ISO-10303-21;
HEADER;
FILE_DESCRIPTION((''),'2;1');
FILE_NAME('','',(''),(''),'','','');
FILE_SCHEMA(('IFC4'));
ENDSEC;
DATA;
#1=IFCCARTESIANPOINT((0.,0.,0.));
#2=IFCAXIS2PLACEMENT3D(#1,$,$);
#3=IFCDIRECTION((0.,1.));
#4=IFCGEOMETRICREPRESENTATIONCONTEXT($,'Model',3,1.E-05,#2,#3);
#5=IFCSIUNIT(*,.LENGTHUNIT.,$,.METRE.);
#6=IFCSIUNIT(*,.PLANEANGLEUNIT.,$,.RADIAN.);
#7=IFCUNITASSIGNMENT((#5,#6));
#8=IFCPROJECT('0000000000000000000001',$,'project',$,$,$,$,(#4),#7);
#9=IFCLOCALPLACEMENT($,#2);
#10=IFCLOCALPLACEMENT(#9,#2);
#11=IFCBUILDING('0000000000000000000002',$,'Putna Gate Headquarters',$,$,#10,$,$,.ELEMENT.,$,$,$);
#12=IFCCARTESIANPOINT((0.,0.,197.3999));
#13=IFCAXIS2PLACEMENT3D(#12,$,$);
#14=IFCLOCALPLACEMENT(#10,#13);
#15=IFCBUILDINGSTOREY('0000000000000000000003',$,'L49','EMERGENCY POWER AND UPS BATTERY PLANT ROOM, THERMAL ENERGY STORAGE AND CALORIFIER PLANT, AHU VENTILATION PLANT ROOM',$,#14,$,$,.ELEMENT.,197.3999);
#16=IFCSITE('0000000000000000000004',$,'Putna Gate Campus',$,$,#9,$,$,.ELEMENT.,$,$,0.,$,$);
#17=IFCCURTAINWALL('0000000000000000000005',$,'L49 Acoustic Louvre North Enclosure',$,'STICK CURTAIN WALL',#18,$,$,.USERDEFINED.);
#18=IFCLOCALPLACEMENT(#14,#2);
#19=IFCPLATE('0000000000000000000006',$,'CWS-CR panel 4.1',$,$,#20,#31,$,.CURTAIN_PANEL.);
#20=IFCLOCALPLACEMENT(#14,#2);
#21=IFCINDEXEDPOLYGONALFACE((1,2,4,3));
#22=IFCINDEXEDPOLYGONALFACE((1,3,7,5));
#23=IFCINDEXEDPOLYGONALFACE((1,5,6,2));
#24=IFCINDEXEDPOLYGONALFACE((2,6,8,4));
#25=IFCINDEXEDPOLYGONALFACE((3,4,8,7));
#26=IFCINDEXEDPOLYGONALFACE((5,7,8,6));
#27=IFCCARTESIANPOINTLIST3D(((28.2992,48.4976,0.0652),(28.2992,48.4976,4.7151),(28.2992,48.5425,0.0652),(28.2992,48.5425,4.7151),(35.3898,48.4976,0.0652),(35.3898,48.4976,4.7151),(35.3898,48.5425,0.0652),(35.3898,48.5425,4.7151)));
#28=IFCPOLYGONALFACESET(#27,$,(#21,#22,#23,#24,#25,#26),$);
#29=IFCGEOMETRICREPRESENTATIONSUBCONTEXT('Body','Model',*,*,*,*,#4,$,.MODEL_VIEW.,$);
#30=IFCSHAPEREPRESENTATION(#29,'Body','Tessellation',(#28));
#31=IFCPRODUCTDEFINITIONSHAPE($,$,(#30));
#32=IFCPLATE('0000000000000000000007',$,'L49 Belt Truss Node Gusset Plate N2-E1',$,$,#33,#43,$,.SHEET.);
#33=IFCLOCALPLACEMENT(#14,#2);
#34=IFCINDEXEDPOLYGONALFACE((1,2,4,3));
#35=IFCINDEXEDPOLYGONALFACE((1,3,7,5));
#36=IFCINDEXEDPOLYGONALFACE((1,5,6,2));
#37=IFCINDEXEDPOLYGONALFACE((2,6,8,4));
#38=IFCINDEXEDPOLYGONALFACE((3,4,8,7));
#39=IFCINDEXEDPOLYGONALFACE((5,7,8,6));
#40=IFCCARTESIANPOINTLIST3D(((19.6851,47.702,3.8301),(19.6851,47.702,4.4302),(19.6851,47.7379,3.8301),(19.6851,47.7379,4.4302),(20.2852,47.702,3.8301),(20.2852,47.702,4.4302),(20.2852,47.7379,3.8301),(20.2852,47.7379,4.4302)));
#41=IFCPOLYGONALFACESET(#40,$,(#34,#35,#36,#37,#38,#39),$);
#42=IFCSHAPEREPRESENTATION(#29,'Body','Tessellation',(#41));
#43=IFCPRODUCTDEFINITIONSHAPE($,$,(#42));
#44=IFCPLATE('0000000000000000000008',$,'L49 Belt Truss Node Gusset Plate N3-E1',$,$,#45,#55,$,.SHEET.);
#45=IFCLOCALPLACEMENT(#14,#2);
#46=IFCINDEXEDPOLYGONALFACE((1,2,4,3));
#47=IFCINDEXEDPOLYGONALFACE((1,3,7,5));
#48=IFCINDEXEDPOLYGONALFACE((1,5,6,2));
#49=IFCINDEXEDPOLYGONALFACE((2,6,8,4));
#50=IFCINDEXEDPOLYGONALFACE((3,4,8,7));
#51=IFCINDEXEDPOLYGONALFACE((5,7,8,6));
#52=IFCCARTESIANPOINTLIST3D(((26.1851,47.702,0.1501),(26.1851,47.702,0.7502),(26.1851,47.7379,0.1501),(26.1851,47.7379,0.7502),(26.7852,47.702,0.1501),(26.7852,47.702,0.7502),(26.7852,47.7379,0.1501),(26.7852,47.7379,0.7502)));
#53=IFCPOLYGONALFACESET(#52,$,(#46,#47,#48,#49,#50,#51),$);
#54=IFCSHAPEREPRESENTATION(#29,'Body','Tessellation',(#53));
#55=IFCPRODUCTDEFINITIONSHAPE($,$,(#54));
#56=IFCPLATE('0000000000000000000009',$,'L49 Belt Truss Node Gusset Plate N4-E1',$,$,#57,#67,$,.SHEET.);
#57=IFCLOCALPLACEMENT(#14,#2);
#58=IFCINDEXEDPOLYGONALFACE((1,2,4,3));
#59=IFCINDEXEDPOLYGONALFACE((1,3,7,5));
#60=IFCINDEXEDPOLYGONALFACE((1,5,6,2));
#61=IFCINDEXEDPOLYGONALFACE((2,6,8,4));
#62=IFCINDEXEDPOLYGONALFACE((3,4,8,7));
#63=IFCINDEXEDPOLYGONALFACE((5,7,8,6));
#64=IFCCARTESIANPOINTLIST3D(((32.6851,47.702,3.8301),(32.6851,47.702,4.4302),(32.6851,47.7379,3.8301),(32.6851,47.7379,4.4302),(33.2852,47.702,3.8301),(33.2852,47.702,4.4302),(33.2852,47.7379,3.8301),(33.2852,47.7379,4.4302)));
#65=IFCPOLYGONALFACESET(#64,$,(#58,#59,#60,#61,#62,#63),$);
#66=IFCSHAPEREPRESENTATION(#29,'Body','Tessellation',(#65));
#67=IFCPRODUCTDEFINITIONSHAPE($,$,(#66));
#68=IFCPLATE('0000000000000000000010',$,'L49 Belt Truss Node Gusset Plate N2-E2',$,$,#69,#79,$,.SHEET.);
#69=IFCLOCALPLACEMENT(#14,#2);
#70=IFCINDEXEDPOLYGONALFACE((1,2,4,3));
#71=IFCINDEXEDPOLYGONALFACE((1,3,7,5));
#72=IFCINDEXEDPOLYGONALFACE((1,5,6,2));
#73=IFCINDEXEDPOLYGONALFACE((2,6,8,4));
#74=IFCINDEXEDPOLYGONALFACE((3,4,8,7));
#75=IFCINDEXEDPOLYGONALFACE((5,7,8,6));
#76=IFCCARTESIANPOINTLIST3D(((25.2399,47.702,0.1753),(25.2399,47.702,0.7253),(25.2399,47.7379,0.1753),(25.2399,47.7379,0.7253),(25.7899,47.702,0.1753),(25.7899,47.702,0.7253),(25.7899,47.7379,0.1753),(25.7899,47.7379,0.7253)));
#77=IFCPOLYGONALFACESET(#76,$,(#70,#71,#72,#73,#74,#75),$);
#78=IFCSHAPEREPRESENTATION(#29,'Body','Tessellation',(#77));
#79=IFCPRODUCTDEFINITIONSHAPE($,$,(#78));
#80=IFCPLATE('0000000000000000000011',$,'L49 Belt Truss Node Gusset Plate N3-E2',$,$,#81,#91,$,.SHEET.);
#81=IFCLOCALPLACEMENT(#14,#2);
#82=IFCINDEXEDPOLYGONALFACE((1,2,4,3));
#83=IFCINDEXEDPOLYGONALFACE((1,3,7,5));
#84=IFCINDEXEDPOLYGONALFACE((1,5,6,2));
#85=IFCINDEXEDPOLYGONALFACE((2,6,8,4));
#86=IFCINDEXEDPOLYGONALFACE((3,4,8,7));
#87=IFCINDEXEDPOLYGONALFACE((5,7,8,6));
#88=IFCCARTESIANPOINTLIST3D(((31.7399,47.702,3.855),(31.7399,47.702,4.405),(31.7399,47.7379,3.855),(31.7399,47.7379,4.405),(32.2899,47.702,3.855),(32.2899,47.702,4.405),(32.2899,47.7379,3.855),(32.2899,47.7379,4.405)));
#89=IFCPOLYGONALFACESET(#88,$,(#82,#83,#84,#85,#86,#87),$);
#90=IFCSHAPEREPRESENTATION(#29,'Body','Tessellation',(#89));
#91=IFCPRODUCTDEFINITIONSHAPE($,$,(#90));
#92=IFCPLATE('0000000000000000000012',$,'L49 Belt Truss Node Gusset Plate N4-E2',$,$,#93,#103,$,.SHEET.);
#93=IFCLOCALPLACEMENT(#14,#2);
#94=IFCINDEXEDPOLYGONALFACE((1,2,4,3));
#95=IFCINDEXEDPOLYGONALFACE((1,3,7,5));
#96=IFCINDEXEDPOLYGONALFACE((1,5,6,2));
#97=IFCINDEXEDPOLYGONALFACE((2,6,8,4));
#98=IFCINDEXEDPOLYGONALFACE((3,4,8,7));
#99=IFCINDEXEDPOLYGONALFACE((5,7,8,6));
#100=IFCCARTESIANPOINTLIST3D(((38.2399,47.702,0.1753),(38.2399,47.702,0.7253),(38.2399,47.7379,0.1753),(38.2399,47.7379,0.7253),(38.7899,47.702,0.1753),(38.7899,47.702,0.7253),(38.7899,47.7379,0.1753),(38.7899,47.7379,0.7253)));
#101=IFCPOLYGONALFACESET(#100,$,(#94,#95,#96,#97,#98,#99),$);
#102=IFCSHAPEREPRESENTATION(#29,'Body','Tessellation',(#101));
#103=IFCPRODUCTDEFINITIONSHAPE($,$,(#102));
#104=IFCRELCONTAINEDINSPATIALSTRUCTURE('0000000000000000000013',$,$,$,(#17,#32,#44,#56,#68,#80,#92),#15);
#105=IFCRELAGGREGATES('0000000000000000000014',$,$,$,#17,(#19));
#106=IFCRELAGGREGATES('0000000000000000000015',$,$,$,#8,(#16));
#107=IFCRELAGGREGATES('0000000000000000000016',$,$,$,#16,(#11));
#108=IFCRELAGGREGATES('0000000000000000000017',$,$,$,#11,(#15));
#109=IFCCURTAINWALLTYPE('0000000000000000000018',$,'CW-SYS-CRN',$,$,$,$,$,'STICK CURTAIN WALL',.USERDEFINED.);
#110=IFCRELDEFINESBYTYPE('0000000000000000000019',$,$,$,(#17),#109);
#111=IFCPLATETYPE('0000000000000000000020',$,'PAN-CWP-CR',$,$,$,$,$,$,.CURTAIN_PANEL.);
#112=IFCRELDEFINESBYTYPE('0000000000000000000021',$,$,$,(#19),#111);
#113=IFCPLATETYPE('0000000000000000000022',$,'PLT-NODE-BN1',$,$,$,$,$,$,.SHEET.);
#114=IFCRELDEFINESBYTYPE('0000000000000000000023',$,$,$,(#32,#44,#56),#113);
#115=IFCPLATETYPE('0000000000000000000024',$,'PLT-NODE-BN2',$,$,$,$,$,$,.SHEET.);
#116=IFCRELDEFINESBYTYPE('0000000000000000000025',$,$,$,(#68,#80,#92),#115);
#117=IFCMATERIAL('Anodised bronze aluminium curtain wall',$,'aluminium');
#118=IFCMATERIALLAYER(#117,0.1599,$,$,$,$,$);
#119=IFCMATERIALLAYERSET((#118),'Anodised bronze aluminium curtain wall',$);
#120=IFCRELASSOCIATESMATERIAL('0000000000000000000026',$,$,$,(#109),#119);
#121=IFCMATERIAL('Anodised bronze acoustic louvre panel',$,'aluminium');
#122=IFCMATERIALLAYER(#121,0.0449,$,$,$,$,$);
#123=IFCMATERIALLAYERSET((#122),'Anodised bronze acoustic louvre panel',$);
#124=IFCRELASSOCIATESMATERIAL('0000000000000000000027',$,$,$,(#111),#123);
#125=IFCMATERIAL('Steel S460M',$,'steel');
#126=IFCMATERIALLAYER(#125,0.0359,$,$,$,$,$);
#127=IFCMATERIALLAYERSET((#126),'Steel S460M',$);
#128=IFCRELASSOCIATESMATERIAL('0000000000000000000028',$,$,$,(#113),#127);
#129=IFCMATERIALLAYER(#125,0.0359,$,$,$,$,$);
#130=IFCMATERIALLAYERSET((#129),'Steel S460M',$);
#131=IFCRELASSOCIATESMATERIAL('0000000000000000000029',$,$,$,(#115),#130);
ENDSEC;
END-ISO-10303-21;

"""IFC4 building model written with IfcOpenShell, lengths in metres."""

from ifc_helpers import new_model, si_unit, direction, frame, origin, origin_2d, place, context, subcontext, project, spatial, rectangle, extrude, material, layer, layer_set, type_object, element, aggregate, save


model = new_model("IFC4")

# Units and contexts
model_context = context("Model", 3, precision=1e-05, world=origin(), true_north=direction((0.0, 1.0)))
body_context = subcontext(model_context, "Body", "Model", "MODEL_VIEW")
ifc_project = project(units=[si_unit("LENGTHUNIT", "METRE"), si_unit("PLANEANGLEUNIT", "RADIAN")], contexts=[model_context])

# Site, building, storey
site_placement = place(None, origin())
site = spatial("IfcSite", under=ifc_project, at=site_placement, Name="Putna Gate Campus", CompositionType="ELEMENT", RefElevation=0.0)
building_placement = place(site_placement, origin())
building = spatial("IfcBuilding", under=site, at=building_placement, Name="Putna Gate Headquarters", CompositionType="ELEMENT")
storey_placement = place(building_placement, frame((0.0, 0.0, 197.3999)))
storey = spatial("IfcBuildingStorey", under=building, at=storey_placement, Name="L49", Description="EMERGENCY POWER AND UPS BATTERY PLANT ROOM, THERMAL ENERGY STORAGE AND CALORIFIER PLANT, AHU VENTILATION PLANT ROOM", CompositionType="ELEMENT", Elevation=197.3999)

# Shared definitions
ifc_material_1 = material(Name="Steel S460M", Category="steel")

# Curtain wall, plate
ifc_material_2 = material(Name="Anodised bronze aluminium curtain wall", Category="aluminium")
ifc_layer_1 = layer(ifc_material_2, 0.1599)
ifc_layer_set_1 = layer_set([ifc_layer_1], Name="Anodised bronze aluminium curtain wall")
curtain_wall_type = type_object("IfcCurtainWallType", Name="CW-SYS-CRN", ElementType="STICK CURTAIN WALL", PredefinedType="USERDEFINED", material=ifc_layer_set_1)
curtain_wall_placement = place(storey_placement, origin())
curtain_wall = element("IfcCurtainWall", 1, at=curtain_wall_placement, inside=storey, type_object=curtain_wall_type, Name="L49 Acoustic Louvre North Enclosure", ObjectType="STICK CURTAIN WALL", PredefinedType="USERDEFINED")
ifc_material_3 = material(Name="Anodised bronze acoustic louvre panel", Category="aluminium")
ifc_layer_2 = layer(ifc_material_3, 0.0449)
ifc_layer_set_2 = layer_set([ifc_layer_2], Name="Anodised bronze acoustic louvre panel")
plate_type_1 = type_object("IfcPlateType", Name="PAN-CWP-CR", PredefinedType="CURTAIN_PANEL", material=ifc_layer_set_2)
plate_1_placement = place(storey_placement, frame((31.8445, 48.52, 0.0652), z_axis=(0.0, 0.0, 1.0), x_axis=(1.0, 0.0, 0.0)))
plate_1 = element("IfcPlate", 2, at=plate_1_placement, type_object=plate_type_1, Name="CWS-CR panel 4.1", PredefinedType="CURTAIN_PANEL", context=body_context, shape_type="SweptSolid", body=[
    extrude(rectangle(XDim=7.0906, YDim=0.0449, at=origin_2d()), origin(), (0.0, 0.0, 1.0), 4.6499),
])
aggregate(curtain_wall, [plate_1])

# Plates
ifc_layer_3 = layer(ifc_material_1, 0.0359)
ifc_layer_set_3 = layer_set([ifc_layer_3], Name="Steel S460M")
plate_type_2 = type_object("IfcPlateType", Name="PLT-NODE-BN1", PredefinedType="SHEET", material=ifc_layer_set_3)
for number, where, z_axis, x_axis, name in (
    (3, (19.9851, 47.72, 3.8301), (0.0, 0.0, 1.0), (1.0, 0.0, 0.0), "L49 Belt Truss Node Gusset Plate N2-E1"),
    (4, (26.4851, 47.72, 0.1501), (0.0, 0.0, 1.0), (1.0, 0.0, 0.0), "L49 Belt Truss Node Gusset Plate N3-E1"),
    (5, (32.9851, 47.72, 3.8301), (0.0, 0.0, 1.0), (1.0, 0.0, 0.0), "L49 Belt Truss Node Gusset Plate N4-E1"),
):
    element("IfcPlate", number, at=place(storey_placement, frame(where, z_axis=z_axis, x_axis=x_axis)), inside=storey, type_object=plate_type_2, Name=name, PredefinedType="SHEET", context=body_context, shape_type="SweptSolid", body=[
        extrude(rectangle(XDim=0.6001, YDim=0.0359, at=origin_2d()), origin(), (0.0, 0.0, 1.0), 0.6001),
    ])
ifc_layer_4 = layer(ifc_material_1, 0.0359)
ifc_layer_set_4 = layer_set([ifc_layer_4], Name="Steel S460M")
plate_type_3 = type_object("IfcPlateType", Name="PLT-NODE-BN2", PredefinedType="SHEET", material=ifc_layer_set_4)
for number, where, z_axis, x_axis, name in (
    (6, (25.5149, 47.72, 0.1753), (0.0, 0.0, 1.0), (1.0, 0.0, 0.0), "L49 Belt Truss Node Gusset Plate N2-E2"),
    (7, (32.0149, 47.72, 3.855), (0.0, 0.0, 1.0), (1.0, 0.0, 0.0), "L49 Belt Truss Node Gusset Plate N3-E2"),
    (8, (38.5149, 47.72, 0.1753), (0.0, 0.0, 1.0), (1.0, 0.0, 0.0), "L49 Belt Truss Node Gusset Plate N4-E2"),
):
    element("IfcPlate", number, at=place(storey_placement, frame(where, z_axis=z_axis, x_axis=x_axis)), inside=storey, type_object=plate_type_3, Name=name, PredefinedType="SHEET", context=body_context, shape_type="SweptSolid", body=[
        extrude(rectangle(XDim=0.55, YDim=0.0359, at=origin_2d()), origin(), (0.0, 0.0, 1.0), 0.55),
    ])

save(model, "model.ifc")
